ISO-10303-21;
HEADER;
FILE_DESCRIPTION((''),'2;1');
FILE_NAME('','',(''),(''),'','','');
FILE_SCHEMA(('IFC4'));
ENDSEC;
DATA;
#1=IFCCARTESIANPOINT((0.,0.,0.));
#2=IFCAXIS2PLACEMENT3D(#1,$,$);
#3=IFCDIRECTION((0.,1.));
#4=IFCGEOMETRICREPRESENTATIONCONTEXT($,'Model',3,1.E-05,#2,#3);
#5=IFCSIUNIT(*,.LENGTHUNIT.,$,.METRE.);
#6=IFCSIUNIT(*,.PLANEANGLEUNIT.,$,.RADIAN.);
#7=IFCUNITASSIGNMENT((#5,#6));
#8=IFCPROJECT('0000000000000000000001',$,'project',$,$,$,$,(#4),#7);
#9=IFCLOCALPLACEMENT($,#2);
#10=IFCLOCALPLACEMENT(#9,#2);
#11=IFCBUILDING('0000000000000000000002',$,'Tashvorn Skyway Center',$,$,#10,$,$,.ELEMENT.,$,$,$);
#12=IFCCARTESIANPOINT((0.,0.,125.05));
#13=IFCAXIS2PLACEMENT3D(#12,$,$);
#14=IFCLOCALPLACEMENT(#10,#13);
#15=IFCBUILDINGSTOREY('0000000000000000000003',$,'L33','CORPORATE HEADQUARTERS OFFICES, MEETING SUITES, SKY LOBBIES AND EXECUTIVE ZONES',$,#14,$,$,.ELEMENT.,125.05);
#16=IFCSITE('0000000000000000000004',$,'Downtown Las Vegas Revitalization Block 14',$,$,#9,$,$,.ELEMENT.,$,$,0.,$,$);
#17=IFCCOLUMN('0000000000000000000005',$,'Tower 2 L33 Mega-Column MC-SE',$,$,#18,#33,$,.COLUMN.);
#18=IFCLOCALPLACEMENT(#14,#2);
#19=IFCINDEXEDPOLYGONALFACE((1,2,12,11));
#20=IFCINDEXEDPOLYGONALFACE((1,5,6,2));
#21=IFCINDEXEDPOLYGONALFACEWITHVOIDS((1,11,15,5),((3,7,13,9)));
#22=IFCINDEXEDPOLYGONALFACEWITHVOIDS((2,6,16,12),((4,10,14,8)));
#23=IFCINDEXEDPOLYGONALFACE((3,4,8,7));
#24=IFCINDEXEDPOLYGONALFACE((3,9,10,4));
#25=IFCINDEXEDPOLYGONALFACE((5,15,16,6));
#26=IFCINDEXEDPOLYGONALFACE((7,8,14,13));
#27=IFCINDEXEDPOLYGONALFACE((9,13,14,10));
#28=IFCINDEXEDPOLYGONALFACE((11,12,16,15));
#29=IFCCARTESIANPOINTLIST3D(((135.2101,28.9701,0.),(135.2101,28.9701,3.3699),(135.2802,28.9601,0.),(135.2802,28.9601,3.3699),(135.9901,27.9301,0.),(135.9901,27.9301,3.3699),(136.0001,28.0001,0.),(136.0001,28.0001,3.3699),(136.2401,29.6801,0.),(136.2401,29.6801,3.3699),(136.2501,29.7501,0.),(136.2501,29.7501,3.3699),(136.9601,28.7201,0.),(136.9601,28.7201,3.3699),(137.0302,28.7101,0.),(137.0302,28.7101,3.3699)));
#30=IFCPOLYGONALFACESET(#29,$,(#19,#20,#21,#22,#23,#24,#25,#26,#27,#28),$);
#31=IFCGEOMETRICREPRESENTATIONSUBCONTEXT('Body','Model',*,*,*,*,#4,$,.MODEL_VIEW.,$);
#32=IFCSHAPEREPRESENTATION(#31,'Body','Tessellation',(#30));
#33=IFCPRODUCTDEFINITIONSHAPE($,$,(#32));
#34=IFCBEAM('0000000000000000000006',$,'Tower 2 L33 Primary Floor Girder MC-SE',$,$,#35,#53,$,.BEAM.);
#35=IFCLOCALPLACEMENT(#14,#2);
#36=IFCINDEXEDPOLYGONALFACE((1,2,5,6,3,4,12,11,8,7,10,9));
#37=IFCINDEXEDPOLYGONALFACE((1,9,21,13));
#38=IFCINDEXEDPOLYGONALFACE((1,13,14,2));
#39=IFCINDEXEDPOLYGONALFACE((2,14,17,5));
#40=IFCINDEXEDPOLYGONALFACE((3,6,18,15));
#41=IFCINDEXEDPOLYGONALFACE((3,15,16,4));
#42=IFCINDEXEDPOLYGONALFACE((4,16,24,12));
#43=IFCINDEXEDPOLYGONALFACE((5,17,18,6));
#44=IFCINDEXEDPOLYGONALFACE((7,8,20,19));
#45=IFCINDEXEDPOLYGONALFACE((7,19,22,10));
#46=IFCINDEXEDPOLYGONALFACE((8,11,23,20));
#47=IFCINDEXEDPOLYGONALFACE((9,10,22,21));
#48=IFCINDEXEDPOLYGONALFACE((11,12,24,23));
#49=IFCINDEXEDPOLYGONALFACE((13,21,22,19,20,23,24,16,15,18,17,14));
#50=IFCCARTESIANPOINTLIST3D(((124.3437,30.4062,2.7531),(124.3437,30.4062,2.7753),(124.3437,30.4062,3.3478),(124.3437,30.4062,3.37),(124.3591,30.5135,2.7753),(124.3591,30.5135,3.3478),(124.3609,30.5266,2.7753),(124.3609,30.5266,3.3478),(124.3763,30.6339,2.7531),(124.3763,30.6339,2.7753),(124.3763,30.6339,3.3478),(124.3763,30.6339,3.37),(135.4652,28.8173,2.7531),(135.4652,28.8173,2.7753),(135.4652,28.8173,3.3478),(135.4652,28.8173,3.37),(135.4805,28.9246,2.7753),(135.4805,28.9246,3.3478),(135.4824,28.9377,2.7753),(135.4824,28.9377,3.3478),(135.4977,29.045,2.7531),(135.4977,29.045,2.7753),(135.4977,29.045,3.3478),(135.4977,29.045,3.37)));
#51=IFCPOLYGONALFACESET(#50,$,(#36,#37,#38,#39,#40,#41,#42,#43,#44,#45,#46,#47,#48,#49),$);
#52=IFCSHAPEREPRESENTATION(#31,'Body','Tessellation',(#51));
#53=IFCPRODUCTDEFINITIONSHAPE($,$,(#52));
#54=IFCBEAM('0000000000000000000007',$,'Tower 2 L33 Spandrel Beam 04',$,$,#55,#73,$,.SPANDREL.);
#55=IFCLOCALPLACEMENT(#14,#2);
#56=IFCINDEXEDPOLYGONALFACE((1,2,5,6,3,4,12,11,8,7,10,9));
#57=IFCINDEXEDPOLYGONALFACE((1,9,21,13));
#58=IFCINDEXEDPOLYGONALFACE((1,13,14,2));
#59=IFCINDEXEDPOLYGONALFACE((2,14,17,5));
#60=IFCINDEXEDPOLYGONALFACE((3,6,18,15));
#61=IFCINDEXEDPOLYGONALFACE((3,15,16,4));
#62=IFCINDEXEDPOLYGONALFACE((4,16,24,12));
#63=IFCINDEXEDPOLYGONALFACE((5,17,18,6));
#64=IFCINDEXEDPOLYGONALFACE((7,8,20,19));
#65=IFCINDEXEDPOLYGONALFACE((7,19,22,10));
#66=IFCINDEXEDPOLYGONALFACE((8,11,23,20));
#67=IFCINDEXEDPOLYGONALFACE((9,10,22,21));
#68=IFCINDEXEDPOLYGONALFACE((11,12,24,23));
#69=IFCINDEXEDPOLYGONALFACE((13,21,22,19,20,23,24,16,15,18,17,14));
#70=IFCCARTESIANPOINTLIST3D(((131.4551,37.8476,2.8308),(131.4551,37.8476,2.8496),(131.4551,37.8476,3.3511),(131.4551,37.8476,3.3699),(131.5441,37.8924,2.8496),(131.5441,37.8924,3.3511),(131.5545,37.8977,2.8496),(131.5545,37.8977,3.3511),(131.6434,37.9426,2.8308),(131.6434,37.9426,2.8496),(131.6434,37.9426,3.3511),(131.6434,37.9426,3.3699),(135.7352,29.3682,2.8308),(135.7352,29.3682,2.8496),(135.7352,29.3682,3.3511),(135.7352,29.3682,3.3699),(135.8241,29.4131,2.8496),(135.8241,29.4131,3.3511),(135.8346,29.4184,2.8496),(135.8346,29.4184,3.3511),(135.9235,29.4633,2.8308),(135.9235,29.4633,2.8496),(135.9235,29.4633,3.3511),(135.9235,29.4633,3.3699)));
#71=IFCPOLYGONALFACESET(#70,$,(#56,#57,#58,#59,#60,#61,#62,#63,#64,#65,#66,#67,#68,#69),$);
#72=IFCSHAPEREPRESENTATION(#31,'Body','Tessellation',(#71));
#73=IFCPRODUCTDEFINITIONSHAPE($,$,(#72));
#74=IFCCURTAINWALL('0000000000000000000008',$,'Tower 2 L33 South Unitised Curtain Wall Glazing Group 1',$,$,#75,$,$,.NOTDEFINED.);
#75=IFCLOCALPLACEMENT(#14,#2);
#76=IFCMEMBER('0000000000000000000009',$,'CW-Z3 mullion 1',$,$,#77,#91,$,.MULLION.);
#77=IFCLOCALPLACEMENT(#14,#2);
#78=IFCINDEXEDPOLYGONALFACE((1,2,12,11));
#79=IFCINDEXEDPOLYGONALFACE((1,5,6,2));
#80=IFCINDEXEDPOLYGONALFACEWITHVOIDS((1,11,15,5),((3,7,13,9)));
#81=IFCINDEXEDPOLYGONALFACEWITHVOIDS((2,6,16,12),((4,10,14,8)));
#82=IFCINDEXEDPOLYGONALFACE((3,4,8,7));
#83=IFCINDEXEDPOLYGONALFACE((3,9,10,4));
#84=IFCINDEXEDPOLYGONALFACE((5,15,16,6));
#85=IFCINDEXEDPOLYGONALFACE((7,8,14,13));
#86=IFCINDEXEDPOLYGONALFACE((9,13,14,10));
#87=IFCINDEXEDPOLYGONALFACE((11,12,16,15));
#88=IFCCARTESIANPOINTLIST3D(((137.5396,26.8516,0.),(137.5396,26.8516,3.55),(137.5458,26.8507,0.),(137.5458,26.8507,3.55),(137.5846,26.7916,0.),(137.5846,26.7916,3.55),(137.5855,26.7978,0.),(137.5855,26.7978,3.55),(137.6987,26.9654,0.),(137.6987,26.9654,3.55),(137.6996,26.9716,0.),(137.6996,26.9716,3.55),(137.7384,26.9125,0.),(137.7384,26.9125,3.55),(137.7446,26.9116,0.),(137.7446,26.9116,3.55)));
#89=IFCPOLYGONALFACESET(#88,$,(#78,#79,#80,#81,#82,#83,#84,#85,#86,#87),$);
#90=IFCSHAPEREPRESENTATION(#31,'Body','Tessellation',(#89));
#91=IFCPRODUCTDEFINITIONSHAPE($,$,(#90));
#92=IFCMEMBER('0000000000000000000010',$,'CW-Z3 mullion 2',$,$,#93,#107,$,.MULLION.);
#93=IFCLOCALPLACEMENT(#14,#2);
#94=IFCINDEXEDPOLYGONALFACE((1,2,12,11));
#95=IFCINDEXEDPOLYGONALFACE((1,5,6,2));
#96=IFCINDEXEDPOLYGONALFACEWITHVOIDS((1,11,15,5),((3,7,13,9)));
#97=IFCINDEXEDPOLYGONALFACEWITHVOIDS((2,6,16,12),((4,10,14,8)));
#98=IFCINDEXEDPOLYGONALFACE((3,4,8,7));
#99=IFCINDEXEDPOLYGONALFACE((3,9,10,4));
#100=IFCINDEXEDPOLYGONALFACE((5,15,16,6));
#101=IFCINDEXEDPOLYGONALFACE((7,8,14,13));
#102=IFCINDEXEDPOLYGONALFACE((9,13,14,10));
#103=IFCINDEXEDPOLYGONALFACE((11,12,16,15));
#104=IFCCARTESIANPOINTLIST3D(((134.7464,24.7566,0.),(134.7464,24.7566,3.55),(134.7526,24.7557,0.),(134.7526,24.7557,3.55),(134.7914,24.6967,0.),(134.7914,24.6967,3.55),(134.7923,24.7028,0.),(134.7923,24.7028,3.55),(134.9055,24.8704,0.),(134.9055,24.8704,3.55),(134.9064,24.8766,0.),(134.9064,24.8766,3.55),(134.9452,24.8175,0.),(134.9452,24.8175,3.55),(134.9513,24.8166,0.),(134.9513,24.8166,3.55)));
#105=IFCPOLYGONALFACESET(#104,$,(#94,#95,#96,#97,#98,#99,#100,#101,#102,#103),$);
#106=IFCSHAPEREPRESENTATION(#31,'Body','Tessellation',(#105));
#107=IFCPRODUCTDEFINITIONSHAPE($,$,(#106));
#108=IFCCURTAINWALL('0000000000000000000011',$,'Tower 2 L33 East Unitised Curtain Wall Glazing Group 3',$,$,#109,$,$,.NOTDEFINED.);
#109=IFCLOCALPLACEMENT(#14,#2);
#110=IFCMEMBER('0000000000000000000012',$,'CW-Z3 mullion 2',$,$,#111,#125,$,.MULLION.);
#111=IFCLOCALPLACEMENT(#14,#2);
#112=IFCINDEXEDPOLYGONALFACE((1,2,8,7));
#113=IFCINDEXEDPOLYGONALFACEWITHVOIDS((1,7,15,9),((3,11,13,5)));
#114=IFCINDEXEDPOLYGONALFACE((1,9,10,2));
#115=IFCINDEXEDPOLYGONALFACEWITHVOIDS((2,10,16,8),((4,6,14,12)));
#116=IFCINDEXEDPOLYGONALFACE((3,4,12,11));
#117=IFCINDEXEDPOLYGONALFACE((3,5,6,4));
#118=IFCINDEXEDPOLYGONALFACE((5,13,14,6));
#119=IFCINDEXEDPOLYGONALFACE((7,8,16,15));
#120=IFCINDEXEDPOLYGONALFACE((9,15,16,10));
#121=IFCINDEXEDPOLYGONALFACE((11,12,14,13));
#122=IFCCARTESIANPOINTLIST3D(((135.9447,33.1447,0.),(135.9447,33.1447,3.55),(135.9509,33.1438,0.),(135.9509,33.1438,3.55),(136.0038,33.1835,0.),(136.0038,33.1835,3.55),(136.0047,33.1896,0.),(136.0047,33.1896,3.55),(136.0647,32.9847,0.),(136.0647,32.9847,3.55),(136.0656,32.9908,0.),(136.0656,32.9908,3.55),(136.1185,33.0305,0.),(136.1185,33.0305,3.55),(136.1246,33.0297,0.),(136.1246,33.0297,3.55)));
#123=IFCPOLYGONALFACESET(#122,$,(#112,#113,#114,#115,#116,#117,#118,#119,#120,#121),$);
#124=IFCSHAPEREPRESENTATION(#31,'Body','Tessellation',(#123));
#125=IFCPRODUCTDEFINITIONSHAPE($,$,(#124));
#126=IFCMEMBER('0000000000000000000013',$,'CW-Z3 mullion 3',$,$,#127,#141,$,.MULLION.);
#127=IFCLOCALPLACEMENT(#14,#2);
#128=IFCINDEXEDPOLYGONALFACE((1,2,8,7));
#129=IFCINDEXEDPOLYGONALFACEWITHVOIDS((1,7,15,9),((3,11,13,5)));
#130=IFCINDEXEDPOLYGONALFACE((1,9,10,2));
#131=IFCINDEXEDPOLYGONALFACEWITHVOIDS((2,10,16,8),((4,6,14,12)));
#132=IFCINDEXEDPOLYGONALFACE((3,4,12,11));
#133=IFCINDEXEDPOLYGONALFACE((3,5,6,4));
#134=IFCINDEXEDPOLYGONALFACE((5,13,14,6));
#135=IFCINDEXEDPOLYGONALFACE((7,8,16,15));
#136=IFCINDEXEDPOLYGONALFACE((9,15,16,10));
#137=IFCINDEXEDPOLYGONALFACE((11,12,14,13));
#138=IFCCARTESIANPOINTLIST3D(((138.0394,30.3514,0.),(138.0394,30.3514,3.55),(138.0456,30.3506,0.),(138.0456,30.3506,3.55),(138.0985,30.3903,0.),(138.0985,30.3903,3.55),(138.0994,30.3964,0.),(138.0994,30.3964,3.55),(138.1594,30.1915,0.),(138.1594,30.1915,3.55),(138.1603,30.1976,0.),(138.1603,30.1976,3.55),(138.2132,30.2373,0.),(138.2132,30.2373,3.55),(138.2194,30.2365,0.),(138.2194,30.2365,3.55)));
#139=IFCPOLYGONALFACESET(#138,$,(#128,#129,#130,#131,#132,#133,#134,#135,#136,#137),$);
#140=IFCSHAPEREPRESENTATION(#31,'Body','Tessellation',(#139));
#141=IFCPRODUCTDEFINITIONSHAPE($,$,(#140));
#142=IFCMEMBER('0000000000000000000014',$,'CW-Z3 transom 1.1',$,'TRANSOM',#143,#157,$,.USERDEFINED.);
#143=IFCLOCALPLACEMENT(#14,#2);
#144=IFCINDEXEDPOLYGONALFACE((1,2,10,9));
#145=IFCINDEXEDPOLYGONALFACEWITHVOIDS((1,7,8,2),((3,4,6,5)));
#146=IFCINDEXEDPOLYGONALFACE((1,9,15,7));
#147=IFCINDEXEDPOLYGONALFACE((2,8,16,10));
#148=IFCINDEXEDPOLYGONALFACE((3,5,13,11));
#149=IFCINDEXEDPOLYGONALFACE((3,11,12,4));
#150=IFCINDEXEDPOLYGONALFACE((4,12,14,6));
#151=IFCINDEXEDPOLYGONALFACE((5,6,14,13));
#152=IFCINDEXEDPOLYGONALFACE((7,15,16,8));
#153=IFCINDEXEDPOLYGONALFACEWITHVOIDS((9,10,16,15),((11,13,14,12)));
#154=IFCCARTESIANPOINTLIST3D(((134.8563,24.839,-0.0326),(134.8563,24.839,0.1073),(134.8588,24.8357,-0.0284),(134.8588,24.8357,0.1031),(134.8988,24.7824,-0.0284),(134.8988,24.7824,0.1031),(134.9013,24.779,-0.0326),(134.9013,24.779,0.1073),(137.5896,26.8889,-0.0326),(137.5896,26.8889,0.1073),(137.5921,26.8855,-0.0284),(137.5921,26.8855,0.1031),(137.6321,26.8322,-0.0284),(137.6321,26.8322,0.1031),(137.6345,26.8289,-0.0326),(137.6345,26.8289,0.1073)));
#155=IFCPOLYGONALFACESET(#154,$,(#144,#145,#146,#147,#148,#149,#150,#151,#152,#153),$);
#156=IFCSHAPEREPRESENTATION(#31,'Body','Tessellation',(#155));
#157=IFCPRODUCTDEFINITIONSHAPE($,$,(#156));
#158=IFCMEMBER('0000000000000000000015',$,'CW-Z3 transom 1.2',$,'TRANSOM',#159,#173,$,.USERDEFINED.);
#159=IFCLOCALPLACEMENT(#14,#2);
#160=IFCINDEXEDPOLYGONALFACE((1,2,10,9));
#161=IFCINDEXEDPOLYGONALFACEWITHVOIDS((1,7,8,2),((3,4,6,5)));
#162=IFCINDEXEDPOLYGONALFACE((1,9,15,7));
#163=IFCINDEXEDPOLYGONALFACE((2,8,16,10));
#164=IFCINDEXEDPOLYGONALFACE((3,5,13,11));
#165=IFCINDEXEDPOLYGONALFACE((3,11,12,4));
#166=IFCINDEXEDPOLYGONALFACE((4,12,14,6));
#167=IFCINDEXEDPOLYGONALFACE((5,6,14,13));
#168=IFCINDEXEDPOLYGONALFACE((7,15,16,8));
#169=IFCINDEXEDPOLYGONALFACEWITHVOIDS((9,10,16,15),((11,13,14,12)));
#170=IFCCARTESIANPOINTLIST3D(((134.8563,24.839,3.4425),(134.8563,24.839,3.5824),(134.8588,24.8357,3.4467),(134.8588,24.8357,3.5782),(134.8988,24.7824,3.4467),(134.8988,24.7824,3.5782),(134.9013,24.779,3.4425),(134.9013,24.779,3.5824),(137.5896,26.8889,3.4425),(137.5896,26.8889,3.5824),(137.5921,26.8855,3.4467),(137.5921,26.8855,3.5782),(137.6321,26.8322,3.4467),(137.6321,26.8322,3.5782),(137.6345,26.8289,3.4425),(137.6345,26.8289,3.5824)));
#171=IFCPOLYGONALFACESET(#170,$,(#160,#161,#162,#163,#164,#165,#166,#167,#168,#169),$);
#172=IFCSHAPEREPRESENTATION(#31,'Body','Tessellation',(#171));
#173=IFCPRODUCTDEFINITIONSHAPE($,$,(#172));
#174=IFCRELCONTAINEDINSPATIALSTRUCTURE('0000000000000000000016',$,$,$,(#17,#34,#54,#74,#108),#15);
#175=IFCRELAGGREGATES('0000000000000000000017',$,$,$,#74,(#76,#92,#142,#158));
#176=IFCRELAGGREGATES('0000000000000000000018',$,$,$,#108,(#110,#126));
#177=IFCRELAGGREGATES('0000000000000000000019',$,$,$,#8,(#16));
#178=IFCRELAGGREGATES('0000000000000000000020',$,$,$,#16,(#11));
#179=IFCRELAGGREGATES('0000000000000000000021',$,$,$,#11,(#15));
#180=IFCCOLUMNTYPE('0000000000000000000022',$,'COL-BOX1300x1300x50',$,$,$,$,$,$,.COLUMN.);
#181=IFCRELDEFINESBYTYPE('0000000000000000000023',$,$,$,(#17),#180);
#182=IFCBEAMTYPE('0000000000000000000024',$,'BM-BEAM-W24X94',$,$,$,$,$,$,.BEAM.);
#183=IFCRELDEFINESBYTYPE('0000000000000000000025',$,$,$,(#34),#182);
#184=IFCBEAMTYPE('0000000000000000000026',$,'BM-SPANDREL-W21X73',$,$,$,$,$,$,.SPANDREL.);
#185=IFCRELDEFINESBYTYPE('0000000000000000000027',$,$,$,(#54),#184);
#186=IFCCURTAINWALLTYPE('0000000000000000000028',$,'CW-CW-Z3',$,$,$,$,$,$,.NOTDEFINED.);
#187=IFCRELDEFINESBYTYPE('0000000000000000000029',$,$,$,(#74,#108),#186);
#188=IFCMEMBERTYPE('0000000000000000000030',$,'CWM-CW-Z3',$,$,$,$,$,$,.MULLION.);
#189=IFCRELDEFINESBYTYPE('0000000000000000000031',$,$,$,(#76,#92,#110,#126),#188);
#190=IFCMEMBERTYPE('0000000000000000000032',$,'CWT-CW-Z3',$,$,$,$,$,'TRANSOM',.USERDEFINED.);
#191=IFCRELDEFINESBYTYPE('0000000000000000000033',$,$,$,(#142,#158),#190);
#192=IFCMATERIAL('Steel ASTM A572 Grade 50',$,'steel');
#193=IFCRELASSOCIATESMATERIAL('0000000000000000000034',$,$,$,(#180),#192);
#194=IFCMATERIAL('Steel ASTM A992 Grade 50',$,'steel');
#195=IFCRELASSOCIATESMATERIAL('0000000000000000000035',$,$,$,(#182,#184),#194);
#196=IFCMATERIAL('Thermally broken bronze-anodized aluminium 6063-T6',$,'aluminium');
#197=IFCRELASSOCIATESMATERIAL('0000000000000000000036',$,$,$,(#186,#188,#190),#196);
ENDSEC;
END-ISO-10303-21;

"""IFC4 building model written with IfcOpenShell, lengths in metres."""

from ifc_helpers import new_model, si_unit, direction, frame, origin, origin_2d, place, context, subcontext, project, spatial, hollow_rectangle, i_section, extrude, material, material_profile, profile_set, type_object, element, aggregate, save


model = new_model("IFC4")

# Units and contexts
model_context = context("Model", 3, precision=1e-05, world=origin(), true_north=direction((0.0, 1.0)))
body_context = subcontext(model_context, "Body", "Model", "MODEL_VIEW")
ifc_project = project(units=[si_unit("LENGTHUNIT", "METRE"), si_unit("PLANEANGLEUNIT", "RADIAN")], contexts=[model_context])

# Site, building, storey
site_placement = place(None, origin())
site = spatial("IfcSite", under=ifc_project, at=site_placement, Name="Downtown Las Vegas Revitalization Block 14", CompositionType="ELEMENT", RefElevation=0.0)
building_placement = place(site_placement, origin())
building = spatial("IfcBuilding", under=site, at=building_placement, Name="Tashvorn Skyway Center", CompositionType="ELEMENT")
storey_placement = place(building_placement, frame((0.0, 0.0, 125.05)))
storey = spatial("IfcBuildingStorey", under=building, at=storey_placement, Name="L33", Description="CORPORATE HEADQUARTERS OFFICES, MEETING SUITES, SKY LOBBIES AND EXECUTIVE ZONES", CompositionType="ELEMENT", Elevation=125.05)

# Column
ifc_material_1 = material(Name="Steel ASTM A572 Grade 50", Category="steel")
ifc_material_profile_1 = material_profile(ifc_material_1, hollow_rectangle(XDim=1.3, YDim=1.3, WallThickness=0.05, at=origin_2d()), Name="BOX1300x1300x50")
ifc_profile_set_1 = profile_set([ifc_material_profile_1], Name="Steel ASTM A572 Grade 50")
column_type = type_object("IfcColumnType", Name="COL-BOX1300x1300x50", PredefinedType="COLUMN", material=ifc_profile_set_1)
column_placement = place(storey_placement, frame((136.1201, 28.8401, 0.0), z_axis=(0.0, 0.0, 1.0), x_axis=(0.8, 0.6, 0.0)))
element("IfcColumn", 1, at=column_placement, inside=storey, type_object=column_type, Name="Tower 2 L33 Mega-Column MC-SE", PredefinedType="COLUMN", context=body_context, shape_type="SweptSolid", body=[
    extrude(hollow_rectangle(XDim=1.3, YDim=1.3, WallThickness=0.05, at=origin_2d()), origin(), (0.0, 0.0, 1.0), 3.3699),
])

# Beams
ifc_material_2 = material(Name="Steel ASTM A992 Grade 50", Category="steel")
ifc_material_profile_2 = material_profile(ifc_material_2, i_section(OverallWidth=0.23, OverallDepth=0.6169, WebThickness=0.0132, FlangeThickness=0.0222, at=origin_2d()), Name="W24X94")
ifc_profile_set_2 = profile_set([ifc_material_profile_2], Name="Steel ASTM A992 Grade 50")
beam_type_1 = type_object("IfcBeamType", Name="BM-BEAM-W24X94", PredefinedType="BEAM", material=ifc_profile_set_2)
beam_1_placement = place(storey_placement, frame((135.4814, 28.9312, 3.0615), z_axis=(-0.989948, 0.14143, 0.0), x_axis=(-0.14143, -0.989948, 0.0)))
element("IfcBeam", 2, at=beam_1_placement, inside=storey, type_object=beam_type_1, Name="Tower 2 L33 Primary Floor Girder MC-SE", PredefinedType="BEAM", context=body_context, shape_type="SweptSolid", body=[
    extrude(i_section(OverallWidth=0.23, OverallDepth=0.6169, WebThickness=0.0132, FlangeThickness=0.0222, at=origin_2d()), origin(), (0.0, 0.0, 1.0), 11.2344),
])
ifc_material_profile_3 = material_profile(ifc_material_2, i_section(OverallWidth=0.2109, OverallDepth=0.5391, WebThickness=0.0117, FlangeThickness=0.0188, at=origin_2d()), Name="W21X73")
ifc_profile_set_3 = profile_set([ifc_material_profile_3], Name="Steel ASTM A992 Grade 50")
beam_type_2 = type_object("IfcBeamType", Name="BM-SPANDREL-W21X73", PredefinedType="SPANDREL", material=ifc_profile_set_3)
beam_2_placement = place(storey_placement, frame((135.8293, 29.4158, 3.1003), z_axis=(-0.450614, 0.892719, 0.0), x_axis=(-0.892719, -0.450614, 0.0)))
element("IfcBeam", 3, at=beam_2_placement, inside=storey, type_object=beam_type_2, Name="Tower 2 L33 Spandrel Beam 04", PredefinedType="SPANDREL", context=body_context, shape_type="SweptSolid", body=[
    extrude(i_section(OverallWidth=0.2109, OverallDepth=0.5391, WebThickness=0.0117, FlangeThickness=0.0188, at=origin_2d()), origin(), (0.0, 0.0, 1.0), 9.4983),
])

# Curtain walls, members
ifc_material_3 = material(Name="Thermally broken bronze-anodized aluminium 6063-T6", Category="aluminium")
curtain_wall_type = type_object("IfcCurtainWallType", Name="CW-CW-Z3", PredefinedType="NOTDEFINED", material=ifc_material_3)
curtain_wall_1_placement = place(storey_placement, origin())
curtain_wall_1 = element("IfcCurtainWall", 4, at=curtain_wall_1_placement, inside=storey, type_object=curtain_wall_type, Name="Tower 2 L33 South Unitised Curtain Wall Glazing Group 1", PredefinedType="NOTDEFINED")
ifc_material_profile_4 = material_profile(ifc_material_3, hollow_rectangle(XDim=0.075, YDim=0.2, WallThickness=0.0044, at=origin_2d()), Name="ALU-MULL-75x200")
ifc_profile_set_4 = profile_set([ifc_material_profile_4], Name="Thermally broken bronze-anodized aluminium 6063-T6")
member_type_1 = type_object("IfcMemberType", Name="CWM-CW-Z3", PredefinedType="MULLION", material=ifc_profile_set_4)
member_1_placement = place(storey_placement, frame((137.6421, 26.8816, 0.0), z_axis=(0.0, 0.0, 1.0), x_axis=(0.600005, -0.799997, 0.0)))
member_1 = element("IfcMember", 5, at=member_1_placement, type_object=member_type_1, Name="CW-Z3 mullion 1", PredefinedType="MULLION", context=body_context, shape_type="SweptSolid", body=[
    extrude(hollow_rectangle(XDim=0.075, YDim=0.2, WallThickness=0.0044, at=origin_2d()), origin(), (0.0, 0.0, 1.0), 3.55),
])
member_2_placement = place(storey_placement, frame((134.8489, 24.7866, 0.0), z_axis=(0.0, 0.0, 1.0), x_axis=(0.600005, -0.799997, 0.0)))
member_2 = element("IfcMember", 6, at=member_2_placement, type_object=member_type_1, Name="CW-Z3 mullion 2", PredefinedType="MULLION", context=body_context, shape_type="SweptSolid", body=[
    extrude(hollow_rectangle(XDim=0.075, YDim=0.2, WallThickness=0.0044, at=origin_2d()), origin(), (0.0, 0.0, 1.0), 3.55),
])
curtain_wall_2_placement = place(storey_placement, origin())
curtain_wall_2 = element("IfcCurtainWall", 7, at=curtain_wall_2_placement, inside=storey, type_object=curtain_wall_type, Name="Tower 2 L33 East Unitised Curtain Wall Glazing Group 3", PredefinedType="NOTDEFINED")
member_3_placement = place(storey_placement, frame((136.0347, 33.0872, 0.0), z_axis=(0.0, 0.0, 1.0), x_axis=(0.799997, 0.600005, 0.0)))
member_3 = element("IfcMember", 8, at=member_3_placement, type_object=member_type_1, Name="CW-Z3 mullion 2", PredefinedType="MULLION", context=body_context, shape_type="SweptSolid", body=[
    extrude(hollow_rectangle(XDim=0.075, YDim=0.2, WallThickness=0.0044, at=origin_2d()), origin(), (0.0, 0.0, 1.0), 3.55),
])
member_4_placement = place(storey_placement, frame((138.1294, 30.2939, 0.0), z_axis=(0.0, 0.0, 1.0), x_axis=(0.799997, 0.600005, 0.0)))
member_4 = element("IfcMember", 9, at=member_4_placement, type_object=member_type_1, Name="CW-Z3 mullion 3", PredefinedType="MULLION", context=body_context, shape_type="SweptSolid", body=[
    extrude(hollow_rectangle(XDim=0.075, YDim=0.2, WallThickness=0.0044, at=origin_2d()), origin(), (0.0, 0.0, 1.0), 3.55),
])

# Members
ifc_material_profile_5 = material_profile(ifc_material_3, hollow_rectangle(XDim=0.075, YDim=0.1399, WallThickness=0.0042, at=origin_2d()), Name="ALU-TRAN-75x140")
ifc_profile_set_5 = profile_set([ifc_material_profile_5], Name="Thermally broken bronze-anodized aluminium 6063-T6")
member_type_2 = type_object("IfcMemberType", Name="CWT-CW-Z3", ElementType="TRANSOM", PredefinedType="USERDEFINED", material=ifc_profile_set_5)
member_5_placement = place(storey_placement, frame((137.6121, 26.8589, 0.0374), z_axis=(-0.800009, -0.599989, 0.0), x_axis=(0.599989, -0.800009, 0.0)))
member_5 = element("IfcMember", 10, at=member_5_placement, type_object=member_type_2, Name="CW-Z3 transom 1.1", ObjectType="TRANSOM", PredefinedType="USERDEFINED", context=body_context, shape_type="SweptSolid", body=[
    extrude(hollow_rectangle(XDim=0.075, YDim=0.1399, WallThickness=0.0042, at=origin_2d()), origin(), (0.0, 0.0, 1.0), 3.4165),
])
member_6_placement = place(storey_placement, frame((137.6121, 26.8589, 3.5125), z_axis=(-0.800009, -0.599989, 0.0), x_axis=(0.599989, -0.800009, 0.0)))
member_6 = element("IfcMember", 11, at=member_6_placement, type_object=member_type_2, Name="CW-Z3 transom 1.2", ObjectType="TRANSOM", PredefinedType="USERDEFINED", context=body_context, shape_type="SweptSolid", body=[
    extrude(hollow_rectangle(XDim=0.075, YDim=0.1399, WallThickness=0.0042, at=origin_2d()), origin(), (0.0, 0.0, 1.0), 3.4165),
])

aggregate(curtain_wall_1, [member_1, member_2, member_5, member_6])
aggregate(curtain_wall_2, [member_3, member_4])

save(model, "model.ifc")
